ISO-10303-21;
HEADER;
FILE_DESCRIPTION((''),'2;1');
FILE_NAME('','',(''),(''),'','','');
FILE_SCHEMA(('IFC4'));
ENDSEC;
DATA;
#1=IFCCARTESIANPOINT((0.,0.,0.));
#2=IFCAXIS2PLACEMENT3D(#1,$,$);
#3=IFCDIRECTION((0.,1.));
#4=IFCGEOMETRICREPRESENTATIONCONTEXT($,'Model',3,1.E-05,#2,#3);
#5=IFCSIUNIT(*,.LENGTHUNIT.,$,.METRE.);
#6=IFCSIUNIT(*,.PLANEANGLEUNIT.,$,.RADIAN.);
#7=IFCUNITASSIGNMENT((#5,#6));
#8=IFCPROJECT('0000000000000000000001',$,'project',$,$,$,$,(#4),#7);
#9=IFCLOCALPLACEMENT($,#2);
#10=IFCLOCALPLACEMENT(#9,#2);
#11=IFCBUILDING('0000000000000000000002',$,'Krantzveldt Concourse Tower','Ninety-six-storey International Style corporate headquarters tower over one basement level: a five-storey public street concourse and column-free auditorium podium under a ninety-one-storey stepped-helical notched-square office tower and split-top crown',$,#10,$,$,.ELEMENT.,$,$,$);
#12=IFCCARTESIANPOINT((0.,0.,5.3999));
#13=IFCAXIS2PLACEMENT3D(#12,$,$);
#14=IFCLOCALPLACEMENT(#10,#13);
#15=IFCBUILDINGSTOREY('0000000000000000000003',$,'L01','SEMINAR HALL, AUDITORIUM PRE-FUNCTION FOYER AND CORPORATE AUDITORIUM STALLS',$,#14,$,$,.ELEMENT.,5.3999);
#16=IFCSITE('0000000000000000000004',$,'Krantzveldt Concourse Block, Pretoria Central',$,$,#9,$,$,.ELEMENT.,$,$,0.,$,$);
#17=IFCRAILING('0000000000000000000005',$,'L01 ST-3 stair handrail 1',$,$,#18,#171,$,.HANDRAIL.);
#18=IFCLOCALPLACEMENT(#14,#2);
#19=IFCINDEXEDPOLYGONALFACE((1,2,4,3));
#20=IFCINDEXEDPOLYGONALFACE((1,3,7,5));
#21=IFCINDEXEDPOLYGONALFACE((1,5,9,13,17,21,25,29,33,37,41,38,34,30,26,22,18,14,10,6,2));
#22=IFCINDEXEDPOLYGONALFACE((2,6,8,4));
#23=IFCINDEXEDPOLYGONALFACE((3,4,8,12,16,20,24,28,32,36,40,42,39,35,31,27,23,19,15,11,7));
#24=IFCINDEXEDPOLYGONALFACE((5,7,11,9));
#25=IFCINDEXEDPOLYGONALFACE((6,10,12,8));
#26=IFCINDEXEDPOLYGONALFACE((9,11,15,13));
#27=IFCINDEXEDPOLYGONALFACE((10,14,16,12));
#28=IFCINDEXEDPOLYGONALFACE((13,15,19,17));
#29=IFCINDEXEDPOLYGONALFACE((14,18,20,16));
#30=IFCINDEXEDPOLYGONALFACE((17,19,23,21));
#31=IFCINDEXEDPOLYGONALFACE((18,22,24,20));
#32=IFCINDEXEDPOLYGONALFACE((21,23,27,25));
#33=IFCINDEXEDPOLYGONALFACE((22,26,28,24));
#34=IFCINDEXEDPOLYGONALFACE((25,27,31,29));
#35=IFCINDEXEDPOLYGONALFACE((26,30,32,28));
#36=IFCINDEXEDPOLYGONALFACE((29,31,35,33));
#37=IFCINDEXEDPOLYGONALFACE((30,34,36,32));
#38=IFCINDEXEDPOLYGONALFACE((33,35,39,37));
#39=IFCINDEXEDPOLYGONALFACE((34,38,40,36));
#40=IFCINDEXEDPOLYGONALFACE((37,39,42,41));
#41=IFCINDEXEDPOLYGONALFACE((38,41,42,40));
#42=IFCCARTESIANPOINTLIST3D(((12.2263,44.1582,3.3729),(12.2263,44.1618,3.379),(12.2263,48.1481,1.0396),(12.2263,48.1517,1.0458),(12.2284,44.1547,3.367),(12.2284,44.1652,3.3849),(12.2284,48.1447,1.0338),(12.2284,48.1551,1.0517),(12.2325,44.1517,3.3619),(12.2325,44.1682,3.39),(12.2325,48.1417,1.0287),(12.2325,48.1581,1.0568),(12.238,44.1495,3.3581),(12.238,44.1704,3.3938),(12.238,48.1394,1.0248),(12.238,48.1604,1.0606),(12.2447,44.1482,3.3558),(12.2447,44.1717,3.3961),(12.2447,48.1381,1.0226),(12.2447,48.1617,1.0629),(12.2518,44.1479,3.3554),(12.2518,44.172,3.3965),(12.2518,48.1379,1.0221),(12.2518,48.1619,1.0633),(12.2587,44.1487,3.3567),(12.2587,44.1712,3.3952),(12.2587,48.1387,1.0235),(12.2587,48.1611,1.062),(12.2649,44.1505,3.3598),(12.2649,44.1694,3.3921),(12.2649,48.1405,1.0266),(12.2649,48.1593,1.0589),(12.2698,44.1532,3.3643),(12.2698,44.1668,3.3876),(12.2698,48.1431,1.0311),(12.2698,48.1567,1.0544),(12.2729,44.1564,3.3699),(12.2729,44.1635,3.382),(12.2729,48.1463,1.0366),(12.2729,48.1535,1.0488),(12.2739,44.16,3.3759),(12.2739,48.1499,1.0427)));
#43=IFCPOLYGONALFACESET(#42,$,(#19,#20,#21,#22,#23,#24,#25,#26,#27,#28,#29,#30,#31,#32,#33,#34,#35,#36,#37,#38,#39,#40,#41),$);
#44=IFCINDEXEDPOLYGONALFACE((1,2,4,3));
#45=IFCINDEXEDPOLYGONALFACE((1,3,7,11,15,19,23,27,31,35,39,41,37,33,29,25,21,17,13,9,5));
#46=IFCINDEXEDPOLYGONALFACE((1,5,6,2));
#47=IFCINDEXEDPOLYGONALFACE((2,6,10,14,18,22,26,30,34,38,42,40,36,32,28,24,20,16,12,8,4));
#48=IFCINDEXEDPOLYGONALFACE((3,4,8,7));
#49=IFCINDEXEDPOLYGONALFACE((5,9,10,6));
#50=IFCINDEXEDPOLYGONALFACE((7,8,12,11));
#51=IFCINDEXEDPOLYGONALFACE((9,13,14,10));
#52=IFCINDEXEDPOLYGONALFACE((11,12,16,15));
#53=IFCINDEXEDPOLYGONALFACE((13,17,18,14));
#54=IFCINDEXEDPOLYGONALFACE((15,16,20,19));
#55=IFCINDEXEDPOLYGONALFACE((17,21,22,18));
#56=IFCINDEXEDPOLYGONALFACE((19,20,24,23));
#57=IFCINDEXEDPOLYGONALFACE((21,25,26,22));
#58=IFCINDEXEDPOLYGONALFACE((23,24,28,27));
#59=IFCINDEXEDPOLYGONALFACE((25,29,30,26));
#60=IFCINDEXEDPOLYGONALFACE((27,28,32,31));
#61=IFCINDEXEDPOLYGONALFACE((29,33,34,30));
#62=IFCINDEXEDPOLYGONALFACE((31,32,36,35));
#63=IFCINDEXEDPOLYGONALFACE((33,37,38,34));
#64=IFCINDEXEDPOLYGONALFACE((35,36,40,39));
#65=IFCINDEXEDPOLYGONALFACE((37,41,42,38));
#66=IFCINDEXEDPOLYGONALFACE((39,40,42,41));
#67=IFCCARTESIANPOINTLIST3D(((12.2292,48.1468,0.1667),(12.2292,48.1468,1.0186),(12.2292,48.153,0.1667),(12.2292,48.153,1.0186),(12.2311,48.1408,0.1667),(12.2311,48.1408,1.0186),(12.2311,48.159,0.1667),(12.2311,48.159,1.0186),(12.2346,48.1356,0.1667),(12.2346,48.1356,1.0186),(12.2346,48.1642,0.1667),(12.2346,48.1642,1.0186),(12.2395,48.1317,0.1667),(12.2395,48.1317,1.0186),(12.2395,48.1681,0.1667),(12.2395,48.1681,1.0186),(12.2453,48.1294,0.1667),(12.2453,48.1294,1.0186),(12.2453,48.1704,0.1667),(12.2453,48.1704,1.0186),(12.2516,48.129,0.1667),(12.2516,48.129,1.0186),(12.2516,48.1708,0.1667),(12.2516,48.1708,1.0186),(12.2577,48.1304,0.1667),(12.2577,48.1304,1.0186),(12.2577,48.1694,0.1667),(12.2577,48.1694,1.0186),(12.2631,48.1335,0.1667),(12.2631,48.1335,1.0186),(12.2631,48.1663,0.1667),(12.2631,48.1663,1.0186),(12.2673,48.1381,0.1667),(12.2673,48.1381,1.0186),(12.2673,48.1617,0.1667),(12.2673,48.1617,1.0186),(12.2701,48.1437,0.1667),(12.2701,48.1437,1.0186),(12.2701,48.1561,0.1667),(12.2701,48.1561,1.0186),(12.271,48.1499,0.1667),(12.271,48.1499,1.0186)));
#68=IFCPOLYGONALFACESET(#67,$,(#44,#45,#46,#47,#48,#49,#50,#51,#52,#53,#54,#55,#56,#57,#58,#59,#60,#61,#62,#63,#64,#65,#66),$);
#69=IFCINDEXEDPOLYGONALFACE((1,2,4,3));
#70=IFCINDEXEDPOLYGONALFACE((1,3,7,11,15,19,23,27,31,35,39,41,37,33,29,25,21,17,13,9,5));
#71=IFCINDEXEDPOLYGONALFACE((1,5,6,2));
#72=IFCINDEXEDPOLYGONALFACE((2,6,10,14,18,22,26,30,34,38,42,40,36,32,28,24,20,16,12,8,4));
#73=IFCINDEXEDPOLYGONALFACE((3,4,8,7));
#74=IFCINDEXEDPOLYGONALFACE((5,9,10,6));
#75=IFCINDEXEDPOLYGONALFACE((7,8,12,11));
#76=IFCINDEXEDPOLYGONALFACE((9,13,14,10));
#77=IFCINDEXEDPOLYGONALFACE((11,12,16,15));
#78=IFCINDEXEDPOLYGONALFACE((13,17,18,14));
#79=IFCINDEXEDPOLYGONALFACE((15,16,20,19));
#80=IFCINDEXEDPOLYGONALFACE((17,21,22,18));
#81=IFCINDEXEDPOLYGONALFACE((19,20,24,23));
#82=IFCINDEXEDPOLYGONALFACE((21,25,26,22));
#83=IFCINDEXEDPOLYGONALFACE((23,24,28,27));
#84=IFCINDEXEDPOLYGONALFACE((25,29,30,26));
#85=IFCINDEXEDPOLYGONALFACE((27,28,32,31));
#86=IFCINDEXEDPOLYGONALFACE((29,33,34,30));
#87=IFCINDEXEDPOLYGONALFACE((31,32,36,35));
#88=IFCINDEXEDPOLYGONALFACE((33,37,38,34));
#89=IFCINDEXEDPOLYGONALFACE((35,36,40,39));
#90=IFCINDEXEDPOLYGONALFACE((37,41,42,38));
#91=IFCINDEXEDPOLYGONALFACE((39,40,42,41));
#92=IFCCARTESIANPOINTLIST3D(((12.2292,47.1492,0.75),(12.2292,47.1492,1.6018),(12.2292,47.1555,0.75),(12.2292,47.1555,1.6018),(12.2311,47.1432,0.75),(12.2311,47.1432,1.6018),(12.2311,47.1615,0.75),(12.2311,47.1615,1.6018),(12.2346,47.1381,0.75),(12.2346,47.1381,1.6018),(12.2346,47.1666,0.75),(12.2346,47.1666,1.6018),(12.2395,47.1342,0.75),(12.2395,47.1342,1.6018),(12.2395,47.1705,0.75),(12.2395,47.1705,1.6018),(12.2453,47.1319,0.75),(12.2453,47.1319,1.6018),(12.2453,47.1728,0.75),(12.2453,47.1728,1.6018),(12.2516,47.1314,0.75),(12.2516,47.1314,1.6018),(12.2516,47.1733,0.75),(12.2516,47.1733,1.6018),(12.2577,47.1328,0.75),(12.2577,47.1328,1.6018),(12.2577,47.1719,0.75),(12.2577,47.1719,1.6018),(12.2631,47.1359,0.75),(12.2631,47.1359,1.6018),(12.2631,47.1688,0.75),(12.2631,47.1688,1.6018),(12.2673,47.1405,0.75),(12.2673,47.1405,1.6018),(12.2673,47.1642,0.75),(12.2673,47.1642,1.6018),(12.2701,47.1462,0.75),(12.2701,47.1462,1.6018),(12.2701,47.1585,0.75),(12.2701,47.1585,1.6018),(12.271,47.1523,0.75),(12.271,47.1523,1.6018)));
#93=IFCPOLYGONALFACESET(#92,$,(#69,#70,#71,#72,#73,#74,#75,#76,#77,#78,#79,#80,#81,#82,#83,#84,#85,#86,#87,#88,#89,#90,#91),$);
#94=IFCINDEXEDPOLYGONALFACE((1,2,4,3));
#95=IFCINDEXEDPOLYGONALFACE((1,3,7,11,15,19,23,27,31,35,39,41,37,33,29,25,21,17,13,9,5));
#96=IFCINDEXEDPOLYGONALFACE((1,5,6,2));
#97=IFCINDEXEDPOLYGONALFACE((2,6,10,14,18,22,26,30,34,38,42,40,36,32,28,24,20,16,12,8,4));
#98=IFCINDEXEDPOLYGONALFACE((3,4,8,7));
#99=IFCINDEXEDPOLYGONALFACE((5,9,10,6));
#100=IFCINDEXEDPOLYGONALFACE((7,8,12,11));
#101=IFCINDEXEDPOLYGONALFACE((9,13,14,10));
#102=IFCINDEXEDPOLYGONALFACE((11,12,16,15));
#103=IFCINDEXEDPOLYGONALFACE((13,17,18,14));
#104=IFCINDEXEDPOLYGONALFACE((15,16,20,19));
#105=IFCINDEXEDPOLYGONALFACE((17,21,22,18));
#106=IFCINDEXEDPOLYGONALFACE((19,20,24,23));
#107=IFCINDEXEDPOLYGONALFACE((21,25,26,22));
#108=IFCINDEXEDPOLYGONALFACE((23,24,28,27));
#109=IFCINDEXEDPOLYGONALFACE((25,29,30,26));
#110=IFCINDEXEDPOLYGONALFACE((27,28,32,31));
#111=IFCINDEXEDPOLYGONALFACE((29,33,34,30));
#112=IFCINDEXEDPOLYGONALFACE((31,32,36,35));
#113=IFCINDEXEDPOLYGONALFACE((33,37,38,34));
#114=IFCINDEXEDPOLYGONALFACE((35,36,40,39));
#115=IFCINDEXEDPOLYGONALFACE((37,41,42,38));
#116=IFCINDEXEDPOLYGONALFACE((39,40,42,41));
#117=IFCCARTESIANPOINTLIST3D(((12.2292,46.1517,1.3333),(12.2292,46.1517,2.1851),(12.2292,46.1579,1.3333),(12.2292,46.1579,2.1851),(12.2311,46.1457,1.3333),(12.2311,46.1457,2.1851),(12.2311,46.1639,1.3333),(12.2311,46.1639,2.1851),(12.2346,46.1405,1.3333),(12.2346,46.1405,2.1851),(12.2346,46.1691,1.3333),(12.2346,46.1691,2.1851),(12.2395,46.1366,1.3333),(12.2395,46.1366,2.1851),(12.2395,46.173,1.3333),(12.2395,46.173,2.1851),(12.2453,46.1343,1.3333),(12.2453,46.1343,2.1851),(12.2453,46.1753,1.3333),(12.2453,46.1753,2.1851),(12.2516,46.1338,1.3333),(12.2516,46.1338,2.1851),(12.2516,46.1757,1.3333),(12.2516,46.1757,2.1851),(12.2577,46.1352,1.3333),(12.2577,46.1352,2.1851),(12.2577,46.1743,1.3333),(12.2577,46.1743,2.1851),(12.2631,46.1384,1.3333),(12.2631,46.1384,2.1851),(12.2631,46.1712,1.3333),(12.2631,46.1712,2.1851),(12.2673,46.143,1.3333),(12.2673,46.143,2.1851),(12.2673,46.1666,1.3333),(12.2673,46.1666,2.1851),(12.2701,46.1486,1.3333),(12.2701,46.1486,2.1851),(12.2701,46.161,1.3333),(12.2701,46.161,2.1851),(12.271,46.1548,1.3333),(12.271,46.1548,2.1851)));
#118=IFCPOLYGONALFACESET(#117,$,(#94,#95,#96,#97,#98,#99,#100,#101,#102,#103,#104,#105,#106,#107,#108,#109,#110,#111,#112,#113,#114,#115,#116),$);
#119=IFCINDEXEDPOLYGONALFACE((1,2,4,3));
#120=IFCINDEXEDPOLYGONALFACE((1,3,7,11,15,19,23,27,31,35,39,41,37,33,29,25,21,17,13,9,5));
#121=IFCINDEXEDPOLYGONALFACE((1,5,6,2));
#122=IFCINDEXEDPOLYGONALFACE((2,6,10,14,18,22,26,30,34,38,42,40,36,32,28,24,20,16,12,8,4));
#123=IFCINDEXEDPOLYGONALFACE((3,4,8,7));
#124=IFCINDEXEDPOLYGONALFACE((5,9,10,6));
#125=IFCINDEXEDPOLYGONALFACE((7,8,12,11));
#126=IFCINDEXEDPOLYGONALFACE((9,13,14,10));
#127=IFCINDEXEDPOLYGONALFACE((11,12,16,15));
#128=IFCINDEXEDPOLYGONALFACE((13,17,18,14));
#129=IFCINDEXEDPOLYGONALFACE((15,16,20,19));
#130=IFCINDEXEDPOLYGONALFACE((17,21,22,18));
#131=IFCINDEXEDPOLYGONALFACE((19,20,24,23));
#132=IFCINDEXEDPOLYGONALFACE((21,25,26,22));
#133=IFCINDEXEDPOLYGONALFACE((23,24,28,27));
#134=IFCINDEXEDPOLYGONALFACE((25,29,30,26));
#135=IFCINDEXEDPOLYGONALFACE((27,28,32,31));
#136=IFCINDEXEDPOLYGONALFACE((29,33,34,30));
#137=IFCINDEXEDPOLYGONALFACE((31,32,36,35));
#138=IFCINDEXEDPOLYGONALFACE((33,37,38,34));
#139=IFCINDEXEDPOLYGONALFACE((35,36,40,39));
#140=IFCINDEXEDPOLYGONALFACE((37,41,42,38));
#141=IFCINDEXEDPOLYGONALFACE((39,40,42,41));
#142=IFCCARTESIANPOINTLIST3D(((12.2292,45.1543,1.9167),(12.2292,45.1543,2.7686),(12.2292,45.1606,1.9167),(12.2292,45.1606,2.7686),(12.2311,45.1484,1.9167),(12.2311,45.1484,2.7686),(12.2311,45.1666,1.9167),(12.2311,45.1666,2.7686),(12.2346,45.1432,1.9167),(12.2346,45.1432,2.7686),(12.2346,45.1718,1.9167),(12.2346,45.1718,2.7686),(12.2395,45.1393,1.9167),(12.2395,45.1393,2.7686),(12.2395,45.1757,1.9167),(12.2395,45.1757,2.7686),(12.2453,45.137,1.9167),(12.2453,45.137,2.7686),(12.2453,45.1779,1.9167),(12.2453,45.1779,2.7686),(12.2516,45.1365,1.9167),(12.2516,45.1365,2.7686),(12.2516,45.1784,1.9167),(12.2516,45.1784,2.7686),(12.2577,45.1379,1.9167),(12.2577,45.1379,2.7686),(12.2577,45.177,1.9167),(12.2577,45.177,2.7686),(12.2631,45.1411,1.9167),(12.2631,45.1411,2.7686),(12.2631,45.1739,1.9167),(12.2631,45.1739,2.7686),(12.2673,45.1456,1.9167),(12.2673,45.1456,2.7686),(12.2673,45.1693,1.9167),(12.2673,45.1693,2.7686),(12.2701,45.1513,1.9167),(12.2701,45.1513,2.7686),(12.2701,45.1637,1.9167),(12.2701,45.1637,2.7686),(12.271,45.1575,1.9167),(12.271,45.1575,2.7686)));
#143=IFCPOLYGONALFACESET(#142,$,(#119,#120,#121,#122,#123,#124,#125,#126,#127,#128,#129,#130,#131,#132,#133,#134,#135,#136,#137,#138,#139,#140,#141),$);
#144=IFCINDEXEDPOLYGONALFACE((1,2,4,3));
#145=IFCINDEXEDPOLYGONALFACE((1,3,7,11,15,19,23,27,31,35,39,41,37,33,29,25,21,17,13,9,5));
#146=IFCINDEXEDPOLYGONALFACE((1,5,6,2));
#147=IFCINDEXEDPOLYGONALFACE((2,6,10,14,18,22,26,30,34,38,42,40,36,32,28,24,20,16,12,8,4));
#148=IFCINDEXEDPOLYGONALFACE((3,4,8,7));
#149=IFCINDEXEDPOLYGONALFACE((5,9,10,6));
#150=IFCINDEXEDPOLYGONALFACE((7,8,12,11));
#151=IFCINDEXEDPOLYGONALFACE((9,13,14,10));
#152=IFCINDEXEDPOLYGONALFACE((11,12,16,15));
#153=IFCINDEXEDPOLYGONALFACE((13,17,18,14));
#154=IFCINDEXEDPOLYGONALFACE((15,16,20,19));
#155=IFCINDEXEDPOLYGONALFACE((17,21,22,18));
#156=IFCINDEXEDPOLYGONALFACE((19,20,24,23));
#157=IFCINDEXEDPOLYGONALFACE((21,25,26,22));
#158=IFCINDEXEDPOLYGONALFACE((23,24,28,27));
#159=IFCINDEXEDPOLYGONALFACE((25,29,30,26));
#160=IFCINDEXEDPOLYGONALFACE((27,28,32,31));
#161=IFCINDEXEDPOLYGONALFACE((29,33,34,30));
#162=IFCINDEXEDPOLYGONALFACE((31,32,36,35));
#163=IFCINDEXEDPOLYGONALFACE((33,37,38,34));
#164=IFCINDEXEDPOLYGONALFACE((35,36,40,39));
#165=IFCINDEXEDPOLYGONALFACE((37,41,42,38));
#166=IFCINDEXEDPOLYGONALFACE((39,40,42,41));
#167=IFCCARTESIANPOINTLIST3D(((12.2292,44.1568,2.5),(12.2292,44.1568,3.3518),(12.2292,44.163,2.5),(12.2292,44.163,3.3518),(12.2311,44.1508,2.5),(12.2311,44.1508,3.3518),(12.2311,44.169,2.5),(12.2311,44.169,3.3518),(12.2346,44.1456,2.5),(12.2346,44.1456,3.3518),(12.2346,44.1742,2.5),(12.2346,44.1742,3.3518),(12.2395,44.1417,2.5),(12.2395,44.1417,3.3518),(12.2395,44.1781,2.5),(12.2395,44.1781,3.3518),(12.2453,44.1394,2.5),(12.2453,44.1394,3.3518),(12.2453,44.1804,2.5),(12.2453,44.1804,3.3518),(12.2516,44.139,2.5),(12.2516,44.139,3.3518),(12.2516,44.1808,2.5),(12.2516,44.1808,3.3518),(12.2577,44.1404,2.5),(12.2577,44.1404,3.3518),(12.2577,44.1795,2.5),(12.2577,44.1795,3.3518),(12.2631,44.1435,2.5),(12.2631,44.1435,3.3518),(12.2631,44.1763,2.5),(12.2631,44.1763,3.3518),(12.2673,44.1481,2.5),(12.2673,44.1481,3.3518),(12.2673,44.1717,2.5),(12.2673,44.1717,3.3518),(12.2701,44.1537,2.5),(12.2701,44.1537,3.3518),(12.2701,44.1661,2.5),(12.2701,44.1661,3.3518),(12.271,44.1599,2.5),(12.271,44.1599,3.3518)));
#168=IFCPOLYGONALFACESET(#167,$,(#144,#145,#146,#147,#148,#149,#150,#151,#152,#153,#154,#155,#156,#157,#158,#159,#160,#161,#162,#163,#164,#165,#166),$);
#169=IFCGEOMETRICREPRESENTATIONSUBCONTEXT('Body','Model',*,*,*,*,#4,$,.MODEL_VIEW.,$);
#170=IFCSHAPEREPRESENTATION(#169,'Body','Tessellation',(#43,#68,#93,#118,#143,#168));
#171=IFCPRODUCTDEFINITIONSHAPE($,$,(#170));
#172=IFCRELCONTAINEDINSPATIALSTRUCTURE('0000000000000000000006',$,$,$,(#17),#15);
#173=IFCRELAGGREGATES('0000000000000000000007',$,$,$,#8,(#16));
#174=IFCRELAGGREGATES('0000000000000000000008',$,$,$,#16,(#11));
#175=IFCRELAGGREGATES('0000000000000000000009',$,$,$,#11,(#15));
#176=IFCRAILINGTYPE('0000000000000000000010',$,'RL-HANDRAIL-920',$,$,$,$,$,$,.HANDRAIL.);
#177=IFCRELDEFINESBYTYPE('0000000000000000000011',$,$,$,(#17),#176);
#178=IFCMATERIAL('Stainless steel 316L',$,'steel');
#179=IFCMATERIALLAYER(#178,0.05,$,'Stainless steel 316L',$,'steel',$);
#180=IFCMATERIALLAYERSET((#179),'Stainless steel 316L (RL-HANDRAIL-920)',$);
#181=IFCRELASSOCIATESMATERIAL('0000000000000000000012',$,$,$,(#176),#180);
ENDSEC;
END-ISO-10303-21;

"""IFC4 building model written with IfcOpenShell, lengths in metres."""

from ifc_helpers import new_model, si_unit, direction, frame, origin, origin_2d, place, context, subcontext, project, spatial, circle, extrude, material, layer, layer_set, type_object, element, save


model = new_model("IFC4")

# Units and contexts
model_context = context("Model", 3, precision=1e-05, world=origin(), true_north=direction((0.0, 1.0)))
body_context = subcontext(model_context, "Body", "Model", "MODEL_VIEW")
ifc_project = project(units=[si_unit("LENGTHUNIT", "METRE"), si_unit("PLANEANGLEUNIT", "RADIAN")], contexts=[model_context])

# Site, building, storey
site_placement = place(None, origin())
site = spatial("IfcSite", under=ifc_project, at=site_placement, Name="Krantzveldt Concourse Block, Pretoria Central", CompositionType="ELEMENT", RefElevation=0.0)
building_placement = place(site_placement, origin())
building = spatial("IfcBuilding", under=site, at=building_placement, Name="Krantzveldt Concourse Tower", Description="Ninety-six-storey International Style corporate headquarters tower over one basement level: a five-storey public street concourse and column-free auditorium podium under a ninety-one-storey stepped-helical notched-square office tower and split-top crown", CompositionType="ELEMENT")
storey_placement = place(building_placement, frame((0.0, 0.0, 5.3999)))
storey = spatial("IfcBuildingStorey", under=building, at=storey_placement, Name="L01", Description="SEMINAR HALL, AUDITORIUM PRE-FUNCTION FOYER AND CORPORATE AUDITORIUM STALLS", CompositionType="ELEMENT", Elevation=5.3999)

# Railing
ifc_material_1 = material(Name="Stainless steel 316L", Category="steel")
ifc_layer_1 = layer(ifc_material_1, 0.05, Name="Stainless steel 316L", Category="steel")
ifc_layer_set_1 = layer_set([ifc_layer_1], Name="Stainless steel 316L (RL-HANDRAIL-920)")
railing_type_1 = type_object("IfcRailingType", Name="RL-HANDRAIL-920", PredefinedType="HANDRAIL", material=ifc_layer_set_1)
railing_1_placement = place(storey_placement, frame((12.25, 48.1499, 0.1667)))
element("IfcRailing", 1, at=railing_1_placement, inside=storey, type_object=railing_type_1, Name="L01 ST-3 stair handrail 1", PredefinedType="HANDRAIL", context=body_context, shape_type="SweptSolid", body=[
    extrude(circle(Radius=0.0239, at=origin_2d()), frame((0.0, 0.0, 0.876), z_axis=(0.0, -0.863236, 0.5048), x_axis=(1.0, 0.0, 0.0)), (0.0, 0.0, 1.0), 4.6221),
    extrude(circle(Radius=0.021, at=origin_2d()), origin(), (0.0, 0.0, 1.0), 0.8518),
    extrude(circle(Radius=0.021, at=origin_2d()), frame((0.0, -0.9976, 0.5833)), (0.0, 0.0, 1.0), 0.8518),
    extrude(circle(Radius=0.021, at=origin_2d()), frame((0.0, -1.9951, 1.1665)), (0.0, 0.0, 1.0), 0.8518),
    extrude(circle(Radius=0.021, at=origin_2d()), frame((0.0, -2.9924, 1.75)), (0.0, 0.0, 1.0), 0.8518),
    extrude(circle(Radius=0.021, at=origin_2d()), frame((0.0, -3.99, 2.3333)), (0.0, 0.0, 1.0), 0.8518),
])

save(model, "model.ifc")
